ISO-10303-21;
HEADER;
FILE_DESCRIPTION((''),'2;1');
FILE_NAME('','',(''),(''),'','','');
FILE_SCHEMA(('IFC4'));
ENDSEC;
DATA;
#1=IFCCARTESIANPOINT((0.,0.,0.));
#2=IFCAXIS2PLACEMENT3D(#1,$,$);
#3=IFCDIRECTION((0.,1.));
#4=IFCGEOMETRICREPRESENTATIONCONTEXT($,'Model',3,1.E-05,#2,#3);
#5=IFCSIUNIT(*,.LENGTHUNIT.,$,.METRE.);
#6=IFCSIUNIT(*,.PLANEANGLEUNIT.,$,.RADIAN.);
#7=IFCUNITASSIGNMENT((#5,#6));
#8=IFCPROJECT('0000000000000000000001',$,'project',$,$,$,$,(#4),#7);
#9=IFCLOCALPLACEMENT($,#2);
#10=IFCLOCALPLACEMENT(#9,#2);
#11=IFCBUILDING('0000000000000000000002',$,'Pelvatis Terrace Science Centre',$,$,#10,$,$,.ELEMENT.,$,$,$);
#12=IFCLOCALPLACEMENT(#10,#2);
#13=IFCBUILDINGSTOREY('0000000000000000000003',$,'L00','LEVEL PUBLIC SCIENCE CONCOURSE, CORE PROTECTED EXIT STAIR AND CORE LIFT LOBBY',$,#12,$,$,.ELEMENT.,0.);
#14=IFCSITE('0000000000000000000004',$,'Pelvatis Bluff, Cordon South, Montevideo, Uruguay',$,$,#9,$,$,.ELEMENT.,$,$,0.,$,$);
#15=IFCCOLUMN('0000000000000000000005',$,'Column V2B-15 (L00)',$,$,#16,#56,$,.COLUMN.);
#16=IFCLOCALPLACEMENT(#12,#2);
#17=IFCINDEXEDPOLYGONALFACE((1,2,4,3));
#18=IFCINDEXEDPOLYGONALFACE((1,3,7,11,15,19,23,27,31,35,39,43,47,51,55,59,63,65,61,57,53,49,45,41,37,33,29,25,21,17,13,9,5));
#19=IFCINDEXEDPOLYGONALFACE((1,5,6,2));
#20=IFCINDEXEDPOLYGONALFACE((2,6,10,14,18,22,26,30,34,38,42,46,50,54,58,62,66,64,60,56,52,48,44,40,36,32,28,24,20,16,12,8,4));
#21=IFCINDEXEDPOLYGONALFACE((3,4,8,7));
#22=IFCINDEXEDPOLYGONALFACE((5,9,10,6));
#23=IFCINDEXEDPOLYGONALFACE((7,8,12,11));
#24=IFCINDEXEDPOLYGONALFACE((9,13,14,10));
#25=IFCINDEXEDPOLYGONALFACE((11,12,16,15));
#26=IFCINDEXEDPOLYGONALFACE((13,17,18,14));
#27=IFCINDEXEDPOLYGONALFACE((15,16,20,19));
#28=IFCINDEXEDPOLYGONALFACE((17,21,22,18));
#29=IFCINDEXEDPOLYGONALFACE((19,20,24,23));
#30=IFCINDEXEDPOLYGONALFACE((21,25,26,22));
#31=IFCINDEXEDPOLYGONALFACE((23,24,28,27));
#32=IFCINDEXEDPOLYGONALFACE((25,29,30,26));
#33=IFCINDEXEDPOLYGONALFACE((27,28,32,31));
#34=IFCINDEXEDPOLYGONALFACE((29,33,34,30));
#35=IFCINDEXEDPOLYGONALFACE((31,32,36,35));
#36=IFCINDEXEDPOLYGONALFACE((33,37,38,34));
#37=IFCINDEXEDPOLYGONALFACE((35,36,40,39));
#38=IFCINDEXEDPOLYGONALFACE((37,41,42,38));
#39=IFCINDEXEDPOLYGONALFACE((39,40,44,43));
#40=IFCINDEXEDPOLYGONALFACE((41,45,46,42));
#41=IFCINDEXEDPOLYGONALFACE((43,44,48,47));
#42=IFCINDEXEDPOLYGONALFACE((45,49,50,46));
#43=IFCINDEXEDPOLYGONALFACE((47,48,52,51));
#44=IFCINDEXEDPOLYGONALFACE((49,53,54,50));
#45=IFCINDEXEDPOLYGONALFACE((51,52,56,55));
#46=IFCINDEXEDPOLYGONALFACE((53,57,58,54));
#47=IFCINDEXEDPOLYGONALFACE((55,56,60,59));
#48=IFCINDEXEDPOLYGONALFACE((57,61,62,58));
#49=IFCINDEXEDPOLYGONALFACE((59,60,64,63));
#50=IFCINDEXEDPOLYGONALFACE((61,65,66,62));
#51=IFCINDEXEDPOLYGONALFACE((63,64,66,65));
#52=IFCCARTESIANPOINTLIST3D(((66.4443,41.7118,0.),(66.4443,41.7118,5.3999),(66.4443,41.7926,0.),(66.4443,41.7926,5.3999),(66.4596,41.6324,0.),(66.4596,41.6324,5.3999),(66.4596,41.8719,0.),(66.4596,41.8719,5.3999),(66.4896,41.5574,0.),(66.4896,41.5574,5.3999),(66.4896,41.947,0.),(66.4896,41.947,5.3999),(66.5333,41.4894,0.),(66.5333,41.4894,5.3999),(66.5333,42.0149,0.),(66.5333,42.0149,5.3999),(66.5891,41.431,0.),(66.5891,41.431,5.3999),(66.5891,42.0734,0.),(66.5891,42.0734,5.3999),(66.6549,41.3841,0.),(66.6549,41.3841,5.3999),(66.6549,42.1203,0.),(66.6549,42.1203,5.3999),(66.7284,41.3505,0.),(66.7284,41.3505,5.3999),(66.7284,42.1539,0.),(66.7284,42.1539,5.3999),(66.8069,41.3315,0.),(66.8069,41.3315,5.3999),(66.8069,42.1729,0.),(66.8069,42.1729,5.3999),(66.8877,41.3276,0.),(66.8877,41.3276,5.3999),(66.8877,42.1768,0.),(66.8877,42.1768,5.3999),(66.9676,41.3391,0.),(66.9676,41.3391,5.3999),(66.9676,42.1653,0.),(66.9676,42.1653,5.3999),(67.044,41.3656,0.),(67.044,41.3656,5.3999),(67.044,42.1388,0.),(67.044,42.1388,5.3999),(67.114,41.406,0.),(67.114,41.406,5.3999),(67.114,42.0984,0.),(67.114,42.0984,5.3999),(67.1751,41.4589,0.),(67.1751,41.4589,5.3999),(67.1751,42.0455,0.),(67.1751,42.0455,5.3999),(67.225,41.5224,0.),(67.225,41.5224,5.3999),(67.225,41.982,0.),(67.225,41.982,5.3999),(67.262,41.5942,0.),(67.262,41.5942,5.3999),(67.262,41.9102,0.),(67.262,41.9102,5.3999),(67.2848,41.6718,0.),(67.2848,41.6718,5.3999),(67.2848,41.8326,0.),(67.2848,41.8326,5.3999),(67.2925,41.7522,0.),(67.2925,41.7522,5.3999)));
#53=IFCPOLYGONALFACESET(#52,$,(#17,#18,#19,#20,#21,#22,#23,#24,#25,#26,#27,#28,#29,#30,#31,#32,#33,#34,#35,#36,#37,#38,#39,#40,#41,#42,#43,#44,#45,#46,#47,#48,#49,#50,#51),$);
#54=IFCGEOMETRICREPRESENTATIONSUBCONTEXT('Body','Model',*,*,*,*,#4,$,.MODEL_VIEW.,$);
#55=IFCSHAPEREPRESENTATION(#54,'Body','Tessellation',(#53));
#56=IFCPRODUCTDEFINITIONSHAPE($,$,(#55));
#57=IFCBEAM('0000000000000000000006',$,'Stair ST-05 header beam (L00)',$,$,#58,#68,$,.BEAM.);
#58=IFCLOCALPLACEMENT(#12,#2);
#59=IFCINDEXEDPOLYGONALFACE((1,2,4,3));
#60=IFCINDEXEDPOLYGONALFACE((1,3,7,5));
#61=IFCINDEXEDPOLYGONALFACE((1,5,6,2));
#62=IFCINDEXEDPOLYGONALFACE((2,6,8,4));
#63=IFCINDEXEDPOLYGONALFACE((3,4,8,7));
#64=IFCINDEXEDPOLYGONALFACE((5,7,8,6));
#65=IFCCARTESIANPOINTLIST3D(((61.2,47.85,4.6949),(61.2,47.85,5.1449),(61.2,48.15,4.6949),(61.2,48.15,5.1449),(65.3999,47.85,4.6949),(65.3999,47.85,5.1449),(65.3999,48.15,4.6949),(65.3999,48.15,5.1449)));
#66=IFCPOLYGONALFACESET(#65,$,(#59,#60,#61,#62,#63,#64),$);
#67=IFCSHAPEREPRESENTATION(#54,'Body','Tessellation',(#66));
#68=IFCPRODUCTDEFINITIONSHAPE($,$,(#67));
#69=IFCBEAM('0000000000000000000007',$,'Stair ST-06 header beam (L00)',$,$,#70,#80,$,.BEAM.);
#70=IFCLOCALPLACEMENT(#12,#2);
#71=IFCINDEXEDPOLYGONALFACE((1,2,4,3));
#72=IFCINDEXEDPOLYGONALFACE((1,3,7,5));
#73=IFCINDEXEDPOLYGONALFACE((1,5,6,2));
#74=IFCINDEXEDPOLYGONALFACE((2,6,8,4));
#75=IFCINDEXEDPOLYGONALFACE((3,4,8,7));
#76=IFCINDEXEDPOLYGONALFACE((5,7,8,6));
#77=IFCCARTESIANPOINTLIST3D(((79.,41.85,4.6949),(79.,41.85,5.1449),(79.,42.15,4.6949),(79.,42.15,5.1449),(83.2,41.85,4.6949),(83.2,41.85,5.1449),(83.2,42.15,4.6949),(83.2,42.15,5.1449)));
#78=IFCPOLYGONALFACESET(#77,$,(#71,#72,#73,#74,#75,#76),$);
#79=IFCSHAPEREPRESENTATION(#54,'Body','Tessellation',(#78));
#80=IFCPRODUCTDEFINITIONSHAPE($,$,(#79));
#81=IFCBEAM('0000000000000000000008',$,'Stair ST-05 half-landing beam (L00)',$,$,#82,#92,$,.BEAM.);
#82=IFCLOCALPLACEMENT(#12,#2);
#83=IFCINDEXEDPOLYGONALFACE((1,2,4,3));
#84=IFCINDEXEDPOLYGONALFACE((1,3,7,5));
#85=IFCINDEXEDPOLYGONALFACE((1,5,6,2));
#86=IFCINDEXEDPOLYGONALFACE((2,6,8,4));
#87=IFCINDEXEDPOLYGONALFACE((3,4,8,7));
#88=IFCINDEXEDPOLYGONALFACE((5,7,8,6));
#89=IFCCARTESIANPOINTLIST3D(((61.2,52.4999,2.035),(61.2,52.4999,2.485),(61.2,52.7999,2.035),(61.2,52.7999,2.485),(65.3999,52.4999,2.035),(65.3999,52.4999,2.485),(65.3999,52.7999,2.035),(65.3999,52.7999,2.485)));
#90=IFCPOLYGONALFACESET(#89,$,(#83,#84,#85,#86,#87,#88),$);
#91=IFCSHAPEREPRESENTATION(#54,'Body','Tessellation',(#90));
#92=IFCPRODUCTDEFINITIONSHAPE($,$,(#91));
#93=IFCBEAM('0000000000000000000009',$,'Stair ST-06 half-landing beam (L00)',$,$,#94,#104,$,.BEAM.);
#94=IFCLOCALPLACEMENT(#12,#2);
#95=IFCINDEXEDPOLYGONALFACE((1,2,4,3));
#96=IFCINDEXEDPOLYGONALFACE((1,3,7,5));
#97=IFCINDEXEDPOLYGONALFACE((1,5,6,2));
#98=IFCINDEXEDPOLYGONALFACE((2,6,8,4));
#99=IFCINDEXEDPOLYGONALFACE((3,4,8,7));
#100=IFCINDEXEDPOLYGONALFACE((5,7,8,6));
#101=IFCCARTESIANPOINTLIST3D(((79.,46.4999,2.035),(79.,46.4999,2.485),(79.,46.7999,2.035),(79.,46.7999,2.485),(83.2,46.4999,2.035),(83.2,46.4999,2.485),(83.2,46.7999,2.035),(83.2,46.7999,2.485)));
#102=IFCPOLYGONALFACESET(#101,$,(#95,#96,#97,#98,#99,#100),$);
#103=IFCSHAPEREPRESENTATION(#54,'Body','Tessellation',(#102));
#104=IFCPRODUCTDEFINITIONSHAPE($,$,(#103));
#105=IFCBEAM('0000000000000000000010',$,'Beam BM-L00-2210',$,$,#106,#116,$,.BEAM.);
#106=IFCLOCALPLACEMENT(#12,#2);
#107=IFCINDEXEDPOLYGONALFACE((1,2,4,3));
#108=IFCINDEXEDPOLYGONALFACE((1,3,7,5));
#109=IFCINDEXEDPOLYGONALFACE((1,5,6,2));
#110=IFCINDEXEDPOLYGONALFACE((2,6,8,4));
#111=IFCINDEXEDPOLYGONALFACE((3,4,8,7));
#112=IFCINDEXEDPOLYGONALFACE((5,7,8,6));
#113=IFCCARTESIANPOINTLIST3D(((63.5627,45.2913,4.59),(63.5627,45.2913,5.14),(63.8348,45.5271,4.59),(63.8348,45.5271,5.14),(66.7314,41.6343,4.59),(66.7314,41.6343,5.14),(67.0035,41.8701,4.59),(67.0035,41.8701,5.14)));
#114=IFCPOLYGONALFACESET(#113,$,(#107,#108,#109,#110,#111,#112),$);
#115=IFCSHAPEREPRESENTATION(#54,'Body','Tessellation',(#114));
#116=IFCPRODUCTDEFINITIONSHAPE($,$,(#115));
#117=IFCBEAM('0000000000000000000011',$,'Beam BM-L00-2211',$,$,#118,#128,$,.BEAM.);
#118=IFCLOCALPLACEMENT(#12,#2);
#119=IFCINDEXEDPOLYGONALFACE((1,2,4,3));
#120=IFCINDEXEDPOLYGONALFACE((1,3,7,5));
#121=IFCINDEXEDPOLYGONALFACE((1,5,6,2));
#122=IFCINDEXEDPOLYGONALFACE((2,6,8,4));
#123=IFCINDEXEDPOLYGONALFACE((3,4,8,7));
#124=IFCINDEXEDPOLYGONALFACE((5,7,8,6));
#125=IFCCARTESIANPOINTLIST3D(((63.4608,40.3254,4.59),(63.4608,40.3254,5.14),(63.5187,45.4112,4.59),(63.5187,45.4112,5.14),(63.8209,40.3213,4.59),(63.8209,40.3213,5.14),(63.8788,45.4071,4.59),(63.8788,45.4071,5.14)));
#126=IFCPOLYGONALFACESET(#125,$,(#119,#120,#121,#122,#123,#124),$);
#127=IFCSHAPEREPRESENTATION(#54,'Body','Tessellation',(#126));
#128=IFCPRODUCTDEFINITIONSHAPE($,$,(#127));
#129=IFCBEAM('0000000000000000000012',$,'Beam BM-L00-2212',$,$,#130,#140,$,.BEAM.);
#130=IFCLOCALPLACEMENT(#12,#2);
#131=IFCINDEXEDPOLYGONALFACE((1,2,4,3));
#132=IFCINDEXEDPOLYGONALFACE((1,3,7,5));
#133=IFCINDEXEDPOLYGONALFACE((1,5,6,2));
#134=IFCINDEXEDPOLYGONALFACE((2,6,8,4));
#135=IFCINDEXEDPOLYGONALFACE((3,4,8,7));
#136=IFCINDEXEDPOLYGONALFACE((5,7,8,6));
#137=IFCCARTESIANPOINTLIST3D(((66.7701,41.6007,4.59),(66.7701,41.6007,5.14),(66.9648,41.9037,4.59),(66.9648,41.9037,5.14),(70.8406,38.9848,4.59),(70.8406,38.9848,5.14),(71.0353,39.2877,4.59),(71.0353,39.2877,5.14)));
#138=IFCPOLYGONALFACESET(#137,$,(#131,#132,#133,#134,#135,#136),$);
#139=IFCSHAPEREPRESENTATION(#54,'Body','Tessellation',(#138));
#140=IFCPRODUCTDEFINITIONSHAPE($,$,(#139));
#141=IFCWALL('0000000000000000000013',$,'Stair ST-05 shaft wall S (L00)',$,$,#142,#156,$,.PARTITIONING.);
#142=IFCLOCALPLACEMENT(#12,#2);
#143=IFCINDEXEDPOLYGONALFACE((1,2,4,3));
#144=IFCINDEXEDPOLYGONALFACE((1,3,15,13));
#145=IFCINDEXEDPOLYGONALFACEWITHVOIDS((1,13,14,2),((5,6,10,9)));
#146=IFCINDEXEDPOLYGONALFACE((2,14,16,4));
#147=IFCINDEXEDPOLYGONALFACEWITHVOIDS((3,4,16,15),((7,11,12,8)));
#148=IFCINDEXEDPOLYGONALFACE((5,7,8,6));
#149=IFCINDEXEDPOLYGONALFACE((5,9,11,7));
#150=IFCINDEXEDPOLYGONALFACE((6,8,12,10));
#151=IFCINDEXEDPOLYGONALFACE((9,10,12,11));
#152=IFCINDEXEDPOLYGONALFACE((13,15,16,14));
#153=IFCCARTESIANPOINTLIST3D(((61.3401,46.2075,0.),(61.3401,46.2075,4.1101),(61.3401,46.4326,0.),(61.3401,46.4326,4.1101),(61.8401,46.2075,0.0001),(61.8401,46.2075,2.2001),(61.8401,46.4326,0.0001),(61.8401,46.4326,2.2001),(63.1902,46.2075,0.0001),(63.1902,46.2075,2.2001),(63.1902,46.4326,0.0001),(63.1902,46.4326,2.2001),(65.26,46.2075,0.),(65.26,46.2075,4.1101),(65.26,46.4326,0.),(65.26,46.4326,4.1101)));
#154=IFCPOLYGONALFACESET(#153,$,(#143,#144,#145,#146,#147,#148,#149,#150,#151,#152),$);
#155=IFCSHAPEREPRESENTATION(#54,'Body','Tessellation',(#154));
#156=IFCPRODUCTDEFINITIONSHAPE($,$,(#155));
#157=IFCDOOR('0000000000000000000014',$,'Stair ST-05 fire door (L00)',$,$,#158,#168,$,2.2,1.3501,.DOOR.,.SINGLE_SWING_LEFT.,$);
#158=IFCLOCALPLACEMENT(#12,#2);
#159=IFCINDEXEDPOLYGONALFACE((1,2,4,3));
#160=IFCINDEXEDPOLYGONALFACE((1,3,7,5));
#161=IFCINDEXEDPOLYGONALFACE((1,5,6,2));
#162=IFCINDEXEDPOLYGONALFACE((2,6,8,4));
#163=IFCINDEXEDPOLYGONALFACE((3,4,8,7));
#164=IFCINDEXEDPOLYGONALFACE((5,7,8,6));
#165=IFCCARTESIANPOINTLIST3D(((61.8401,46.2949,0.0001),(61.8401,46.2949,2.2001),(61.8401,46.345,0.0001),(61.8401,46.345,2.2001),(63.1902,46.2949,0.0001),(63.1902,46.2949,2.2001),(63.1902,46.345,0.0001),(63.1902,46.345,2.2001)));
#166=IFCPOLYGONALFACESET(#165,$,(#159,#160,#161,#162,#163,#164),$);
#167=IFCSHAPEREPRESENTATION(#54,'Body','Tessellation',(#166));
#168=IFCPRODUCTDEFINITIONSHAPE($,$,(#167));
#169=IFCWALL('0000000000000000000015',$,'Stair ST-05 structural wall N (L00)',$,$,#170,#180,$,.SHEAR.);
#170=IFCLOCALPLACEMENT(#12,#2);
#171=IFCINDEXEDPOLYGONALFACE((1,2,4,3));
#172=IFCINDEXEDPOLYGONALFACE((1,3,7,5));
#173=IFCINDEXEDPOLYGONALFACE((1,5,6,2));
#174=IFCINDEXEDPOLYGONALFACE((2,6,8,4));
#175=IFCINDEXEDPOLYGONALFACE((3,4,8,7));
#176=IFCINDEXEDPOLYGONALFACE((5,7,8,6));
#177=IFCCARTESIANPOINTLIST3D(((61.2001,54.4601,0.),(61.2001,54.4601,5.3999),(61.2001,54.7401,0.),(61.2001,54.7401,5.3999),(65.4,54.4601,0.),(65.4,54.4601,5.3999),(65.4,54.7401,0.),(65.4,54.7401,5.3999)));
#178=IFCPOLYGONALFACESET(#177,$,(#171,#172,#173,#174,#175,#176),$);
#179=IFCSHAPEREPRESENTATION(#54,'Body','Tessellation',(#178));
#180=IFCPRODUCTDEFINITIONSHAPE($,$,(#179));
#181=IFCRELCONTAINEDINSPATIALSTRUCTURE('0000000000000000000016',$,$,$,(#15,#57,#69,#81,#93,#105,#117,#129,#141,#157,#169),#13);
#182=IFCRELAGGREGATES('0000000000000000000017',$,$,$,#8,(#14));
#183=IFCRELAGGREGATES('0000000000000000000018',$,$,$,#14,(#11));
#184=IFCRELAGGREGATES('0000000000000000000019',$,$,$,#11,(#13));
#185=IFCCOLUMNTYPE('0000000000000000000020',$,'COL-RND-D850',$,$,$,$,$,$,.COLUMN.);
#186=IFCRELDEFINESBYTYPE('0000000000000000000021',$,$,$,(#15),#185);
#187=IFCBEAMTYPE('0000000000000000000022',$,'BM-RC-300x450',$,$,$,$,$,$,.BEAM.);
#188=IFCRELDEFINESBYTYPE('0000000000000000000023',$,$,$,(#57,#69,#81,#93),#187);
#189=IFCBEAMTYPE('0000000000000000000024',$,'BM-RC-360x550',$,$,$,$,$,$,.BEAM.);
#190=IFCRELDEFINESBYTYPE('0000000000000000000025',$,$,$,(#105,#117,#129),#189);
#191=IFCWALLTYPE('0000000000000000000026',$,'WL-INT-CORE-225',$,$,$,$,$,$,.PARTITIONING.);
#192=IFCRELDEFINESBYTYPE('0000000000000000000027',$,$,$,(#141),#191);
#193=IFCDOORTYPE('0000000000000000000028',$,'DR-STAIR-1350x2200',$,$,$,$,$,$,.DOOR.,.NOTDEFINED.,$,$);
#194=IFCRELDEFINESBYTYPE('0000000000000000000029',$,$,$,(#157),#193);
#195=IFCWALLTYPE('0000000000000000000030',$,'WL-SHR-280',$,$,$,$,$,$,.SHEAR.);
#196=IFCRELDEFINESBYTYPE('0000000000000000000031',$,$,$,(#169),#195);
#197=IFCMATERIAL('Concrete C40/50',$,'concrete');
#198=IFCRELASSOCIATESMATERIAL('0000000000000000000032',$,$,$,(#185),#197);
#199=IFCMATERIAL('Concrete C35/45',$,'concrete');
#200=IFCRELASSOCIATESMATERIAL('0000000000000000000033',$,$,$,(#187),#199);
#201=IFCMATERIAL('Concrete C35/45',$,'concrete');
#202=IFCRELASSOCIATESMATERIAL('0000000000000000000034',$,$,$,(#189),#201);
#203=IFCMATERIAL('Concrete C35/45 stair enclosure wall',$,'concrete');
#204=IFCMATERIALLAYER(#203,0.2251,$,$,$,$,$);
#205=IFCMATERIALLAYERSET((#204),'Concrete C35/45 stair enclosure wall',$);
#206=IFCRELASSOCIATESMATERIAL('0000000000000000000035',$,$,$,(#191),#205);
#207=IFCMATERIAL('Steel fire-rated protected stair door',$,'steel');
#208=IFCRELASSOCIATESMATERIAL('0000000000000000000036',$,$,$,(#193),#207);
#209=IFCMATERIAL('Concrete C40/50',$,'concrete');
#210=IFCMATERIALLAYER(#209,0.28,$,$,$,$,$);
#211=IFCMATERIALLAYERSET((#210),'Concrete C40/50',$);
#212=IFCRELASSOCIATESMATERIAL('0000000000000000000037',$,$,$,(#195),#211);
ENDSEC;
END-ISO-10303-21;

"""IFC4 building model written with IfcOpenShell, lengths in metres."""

from ifc_helpers import new_model, si_unit, direction, frame, frame_2d, origin, origin_2d, place, context, subcontext, project, spatial, rectangle, circle, extrude, material, layer, layer_set, material_profile, profile_set, type_object, element, fill, save


model = new_model("IFC4")

# Units and contexts
model_context = context("Model", 3, precision=1e-05, world=origin(), true_north=direction((0.0, 1.0)))
body_context = subcontext(model_context, "Body", "Model", "MODEL_VIEW")
ifc_project = project(units=[si_unit("LENGTHUNIT", "METRE"), si_unit("PLANEANGLEUNIT", "RADIAN")], contexts=[model_context])

# Site, building, storey
site_placement = place(None, origin())
site = spatial("IfcSite", under=ifc_project, at=site_placement, Name="Pelvatis Bluff, Cordon South, Montevideo, Uruguay", CompositionType="ELEMENT", RefElevation=0.0)
building_placement = place(site_placement, origin())
building = spatial("IfcBuilding", under=site, at=building_placement, Name="Pelvatis Terrace Science Centre", CompositionType="ELEMENT")
storey_placement = place(building_placement, origin())
storey = spatial("IfcBuildingStorey", under=building, at=storey_placement, Name="L00", Description="LEVEL PUBLIC SCIENCE CONCOURSE, CORE PROTECTED EXIT STAIR AND CORE LIFT LOBBY", CompositionType="ELEMENT", Elevation=0.0)

# Column
ifc_material_1 = material(Name="Concrete C40/50", Category="concrete")
ifc_material_profile_1 = material_profile(ifc_material_1, circle(Radius=0.425, at=origin_2d()), Name="RC-RCOL D850")
ifc_profile_set_1 = profile_set([ifc_material_profile_1], Name="Concrete C40/50")
column_type = type_object("IfcColumnType", Name="COL-RND-D850", PredefinedType="COLUMN", material=ifc_profile_set_1)
for number, where, z_axis, x_axis, name in (
    (1, (66.8674, 41.7522, 0.0), (0.0, 0.0, 1.0), (1.0, 0.0, 0.0), "Column V2B-15 (L00)"),
):
    element("IfcColumn", number, at=place(storey_placement, frame(where, z_axis=z_axis, x_axis=x_axis)), inside=storey, type_object=column_type, Name=name, PredefinedType="COLUMN", context=body_context, shape_type="SweptSolid", body=[
        extrude(circle(Radius=0.425, at=origin_2d()), origin(), (0.0, 0.0, 1.0), 5.3999),
    ])

# Beams
ifc_material_2 = material(Name="Concrete C35/45", Category="concrete")
ifc_material_profile_2 = material_profile(ifc_material_2, rectangle(XDim=0.3, YDim=0.45, at=origin_2d()), Name="RC-BM 300x450")
ifc_profile_set_2 = profile_set([ifc_material_profile_2], Name="Concrete C35/45")
beam_type_1 = type_object("IfcBeamType", Name="BM-RC-300x450", PredefinedType="BEAM", material=ifc_profile_set_2)
for number, where, z_axis, x_axis, name in (
    (2, (61.2, 48.0, 4.9199), (1.0, 0.0, 0.0), (0.0, 1.0, 0.0), "Stair ST-05 header beam (L00)"),
    (3, (79.0, 42.0, 4.9199), (1.0, 0.0, 0.0), (0.0, 1.0, 0.0), "Stair ST-06 header beam (L00)"),
    (4, (61.2, 52.6499, 2.26), (1.0, 0.0, 0.0), (0.0, 1.0, 0.0), "Stair ST-05 half-landing beam (L00)"),
    (5, (79.0, 46.6499, 2.26), (1.0, 0.0, 0.0), (0.0, 1.0, 0.0), "Stair ST-06 half-landing beam (L00)"),
):
    element("IfcBeam", number, at=place(storey_placement, frame(where, z_axis=z_axis, x_axis=x_axis)), inside=storey, type_object=beam_type_1, Name=name, PredefinedType="BEAM", context=body_context, shape_type="SweptSolid", body=[
        extrude(rectangle(XDim=0.3, YDim=0.45, at=origin_2d()), origin(), (0.0, 0.0, 1.0), 4.2),
    ])
ifc_material_3 = material(Name="Concrete C35/45", Category="concrete")
ifc_material_profile_3 = material_profile(ifc_material_3, rectangle(XDim=0.3601, YDim=0.55, at=origin_2d()), Name="RC-BM 360x550")
ifc_profile_set_3 = profile_set([ifc_material_profile_3], Name="Concrete C35/45")
beam_type_2 = type_object("IfcBeamType", Name="BM-RC-360x550", PredefinedType="BEAM", material=ifc_profile_set_3)
beam_1_placement = place(storey_placement, frame((63.6987, 45.4092, 4.865), z_axis=(0.65485, -0.755759, 0.0), x_axis=(0.755759, 0.65485, 0.0)))
element("IfcBeam", 6, at=beam_1_placement, inside=storey, type_object=beam_type_2, Name="Beam BM-L00-2210", PredefinedType="BEAM", context=body_context, shape_type="SweptSolid", body=[
    extrude(rectangle(XDim=0.3601, YDim=0.55, at=origin_2d()), origin(), (0.0, 0.0, 1.0), 4.8389),
])
beam_2_placement = place(storey_placement, frame((63.6987, 45.4092, 4.865), z_axis=(-0.011376, -0.999935, 0.0), x_axis=(0.999935, -0.011376, 0.0)))
element("IfcBeam", 7, at=beam_2_placement, inside=storey, type_object=beam_type_2, Name="Beam BM-L00-2211", PredefinedType="BEAM", context=body_context, shape_type="SweptSolid", body=[
    extrude(rectangle(XDim=0.3601, YDim=0.55, at=origin_2d()), origin(), (0.0, 0.0, 1.0), 5.0862),
])
beam_3_placement = place(storey_placement, frame((66.8674, 41.7522, 4.865), z_axis=(0.841256, -0.540638, 0.0), x_axis=(0.540638, 0.841256, 0.0)))
element("IfcBeam", 8, at=beam_3_placement, inside=storey, type_object=beam_type_2, Name="Beam BM-L00-2212", PredefinedType="BEAM", context=body_context, shape_type="SweptSolid", body=[
    extrude(rectangle(XDim=0.3601, YDim=0.55, at=origin_2d()), origin(), (0.0, 0.0, 1.0), 4.8386),
])

# Wall, opening, door
ifc_material_4 = material(Name="Concrete C35/45 stair enclosure wall", Category="concrete")
ifc_layer_1 = layer(ifc_material_4, 0.2251)
ifc_layer_set_1 = layer_set([ifc_layer_1], Name="Concrete C35/45 stair enclosure wall")
wall_type_1 = type_object("IfcWallType", Name="WL-INT-CORE-225", PredefinedType="PARTITIONING", material=ifc_layer_set_1)
wall_1_placement = place(storey_placement, frame((61.3401, 46.3201, 0.0), z_axis=(0.0, 0.0, 1.0), x_axis=(1.0, 0.0, 0.0)))
wall_1 = element("IfcWall", 9, at=wall_1_placement, inside=storey, type_object=wall_type_1, Name="Stair ST-05 shaft wall S (L00)", PredefinedType="PARTITIONING", context=body_context, shape_type="SweptSolid", body=[
    extrude(rectangle(XDim=3.9199, YDim=0.2251, at=frame_2d((1.96, 0.0))), origin(), (0.0, 0.0, 1.0), 4.1101),
])
opening_placement = place(wall_1_placement, frame((0.5, 0.0, 0.0)))
opening = element("IfcOpeningElement", 10, at=opening_placement, cuts=wall_1, PredefinedType="OPENING", context=body_context, shape_type="SweptSolid", body=[
    extrude(rectangle(XDim=1.3501, YDim=2.2, at=frame_2d((0.675, 1.1001))), frame((0.0, 0.1226, 0.0), z_axis=(0.0, -1.0, 0.0), x_axis=(1.0, 0.0, 0.0)), (0.0, 0.0, 1.0), 0.2451),
])
ifc_material_5 = material(Name="Steel fire-rated protected stair door", Category="steel")
door_type = type_object("IfcDoorType", Name="DR-STAIR-1350x2200", OperationType="NOTDEFINED", PredefinedType="DOOR", material=ifc_material_5)
door_placement = place(opening_placement, origin())
door = element("IfcDoor", 11, at=door_placement, inside=storey, type_object=door_type, Name="Stair ST-05 fire door (L00)", OperationType="SINGLE_SWING_LEFT", OverallHeight=2.2, OverallWidth=1.3501, PredefinedType="DOOR", context=body_context, shape_type="SweptSolid", body=[
    extrude(rectangle(XDim=1.3501, YDim=2.2, at=frame_2d((0.675, 1.1001))), frame((0.0, 0.0249, 0.0), z_axis=(0.0, -1.0, 0.0), x_axis=(1.0, 0.0, 0.0)), (0.0, 0.0, 1.0), 0.05),
])
fill(opening, door)

# Wall
ifc_material_6 = material(Name="Concrete C40/50", Category="concrete")
ifc_layer_2 = layer(ifc_material_6, 0.28)
ifc_layer_set_2 = layer_set([ifc_layer_2], Name="Concrete C40/50")
wall_type_2 = type_object("IfcWallType", Name="WL-SHR-280", PredefinedType="SHEAR", material=ifc_layer_set_2)
wall_2_placement = place(storey_placement, frame((61.2, 54.6001, 0.0), z_axis=(0.0, 0.0, 1.0), x_axis=(1.0, 0.0, 0.0)))
element("IfcWall", 12, at=wall_2_placement, inside=storey, type_object=wall_type_2, Name="Stair ST-05 structural wall N (L00)", PredefinedType="SHEAR", context=body_context, shape_type="SweptSolid", body=[
    extrude(rectangle(XDim=4.2, YDim=0.28, at=frame_2d((2.1001, 0.0))), origin(), (0.0, 0.0, 1.0), 5.3999),
])

save(model, "model.ifc")
